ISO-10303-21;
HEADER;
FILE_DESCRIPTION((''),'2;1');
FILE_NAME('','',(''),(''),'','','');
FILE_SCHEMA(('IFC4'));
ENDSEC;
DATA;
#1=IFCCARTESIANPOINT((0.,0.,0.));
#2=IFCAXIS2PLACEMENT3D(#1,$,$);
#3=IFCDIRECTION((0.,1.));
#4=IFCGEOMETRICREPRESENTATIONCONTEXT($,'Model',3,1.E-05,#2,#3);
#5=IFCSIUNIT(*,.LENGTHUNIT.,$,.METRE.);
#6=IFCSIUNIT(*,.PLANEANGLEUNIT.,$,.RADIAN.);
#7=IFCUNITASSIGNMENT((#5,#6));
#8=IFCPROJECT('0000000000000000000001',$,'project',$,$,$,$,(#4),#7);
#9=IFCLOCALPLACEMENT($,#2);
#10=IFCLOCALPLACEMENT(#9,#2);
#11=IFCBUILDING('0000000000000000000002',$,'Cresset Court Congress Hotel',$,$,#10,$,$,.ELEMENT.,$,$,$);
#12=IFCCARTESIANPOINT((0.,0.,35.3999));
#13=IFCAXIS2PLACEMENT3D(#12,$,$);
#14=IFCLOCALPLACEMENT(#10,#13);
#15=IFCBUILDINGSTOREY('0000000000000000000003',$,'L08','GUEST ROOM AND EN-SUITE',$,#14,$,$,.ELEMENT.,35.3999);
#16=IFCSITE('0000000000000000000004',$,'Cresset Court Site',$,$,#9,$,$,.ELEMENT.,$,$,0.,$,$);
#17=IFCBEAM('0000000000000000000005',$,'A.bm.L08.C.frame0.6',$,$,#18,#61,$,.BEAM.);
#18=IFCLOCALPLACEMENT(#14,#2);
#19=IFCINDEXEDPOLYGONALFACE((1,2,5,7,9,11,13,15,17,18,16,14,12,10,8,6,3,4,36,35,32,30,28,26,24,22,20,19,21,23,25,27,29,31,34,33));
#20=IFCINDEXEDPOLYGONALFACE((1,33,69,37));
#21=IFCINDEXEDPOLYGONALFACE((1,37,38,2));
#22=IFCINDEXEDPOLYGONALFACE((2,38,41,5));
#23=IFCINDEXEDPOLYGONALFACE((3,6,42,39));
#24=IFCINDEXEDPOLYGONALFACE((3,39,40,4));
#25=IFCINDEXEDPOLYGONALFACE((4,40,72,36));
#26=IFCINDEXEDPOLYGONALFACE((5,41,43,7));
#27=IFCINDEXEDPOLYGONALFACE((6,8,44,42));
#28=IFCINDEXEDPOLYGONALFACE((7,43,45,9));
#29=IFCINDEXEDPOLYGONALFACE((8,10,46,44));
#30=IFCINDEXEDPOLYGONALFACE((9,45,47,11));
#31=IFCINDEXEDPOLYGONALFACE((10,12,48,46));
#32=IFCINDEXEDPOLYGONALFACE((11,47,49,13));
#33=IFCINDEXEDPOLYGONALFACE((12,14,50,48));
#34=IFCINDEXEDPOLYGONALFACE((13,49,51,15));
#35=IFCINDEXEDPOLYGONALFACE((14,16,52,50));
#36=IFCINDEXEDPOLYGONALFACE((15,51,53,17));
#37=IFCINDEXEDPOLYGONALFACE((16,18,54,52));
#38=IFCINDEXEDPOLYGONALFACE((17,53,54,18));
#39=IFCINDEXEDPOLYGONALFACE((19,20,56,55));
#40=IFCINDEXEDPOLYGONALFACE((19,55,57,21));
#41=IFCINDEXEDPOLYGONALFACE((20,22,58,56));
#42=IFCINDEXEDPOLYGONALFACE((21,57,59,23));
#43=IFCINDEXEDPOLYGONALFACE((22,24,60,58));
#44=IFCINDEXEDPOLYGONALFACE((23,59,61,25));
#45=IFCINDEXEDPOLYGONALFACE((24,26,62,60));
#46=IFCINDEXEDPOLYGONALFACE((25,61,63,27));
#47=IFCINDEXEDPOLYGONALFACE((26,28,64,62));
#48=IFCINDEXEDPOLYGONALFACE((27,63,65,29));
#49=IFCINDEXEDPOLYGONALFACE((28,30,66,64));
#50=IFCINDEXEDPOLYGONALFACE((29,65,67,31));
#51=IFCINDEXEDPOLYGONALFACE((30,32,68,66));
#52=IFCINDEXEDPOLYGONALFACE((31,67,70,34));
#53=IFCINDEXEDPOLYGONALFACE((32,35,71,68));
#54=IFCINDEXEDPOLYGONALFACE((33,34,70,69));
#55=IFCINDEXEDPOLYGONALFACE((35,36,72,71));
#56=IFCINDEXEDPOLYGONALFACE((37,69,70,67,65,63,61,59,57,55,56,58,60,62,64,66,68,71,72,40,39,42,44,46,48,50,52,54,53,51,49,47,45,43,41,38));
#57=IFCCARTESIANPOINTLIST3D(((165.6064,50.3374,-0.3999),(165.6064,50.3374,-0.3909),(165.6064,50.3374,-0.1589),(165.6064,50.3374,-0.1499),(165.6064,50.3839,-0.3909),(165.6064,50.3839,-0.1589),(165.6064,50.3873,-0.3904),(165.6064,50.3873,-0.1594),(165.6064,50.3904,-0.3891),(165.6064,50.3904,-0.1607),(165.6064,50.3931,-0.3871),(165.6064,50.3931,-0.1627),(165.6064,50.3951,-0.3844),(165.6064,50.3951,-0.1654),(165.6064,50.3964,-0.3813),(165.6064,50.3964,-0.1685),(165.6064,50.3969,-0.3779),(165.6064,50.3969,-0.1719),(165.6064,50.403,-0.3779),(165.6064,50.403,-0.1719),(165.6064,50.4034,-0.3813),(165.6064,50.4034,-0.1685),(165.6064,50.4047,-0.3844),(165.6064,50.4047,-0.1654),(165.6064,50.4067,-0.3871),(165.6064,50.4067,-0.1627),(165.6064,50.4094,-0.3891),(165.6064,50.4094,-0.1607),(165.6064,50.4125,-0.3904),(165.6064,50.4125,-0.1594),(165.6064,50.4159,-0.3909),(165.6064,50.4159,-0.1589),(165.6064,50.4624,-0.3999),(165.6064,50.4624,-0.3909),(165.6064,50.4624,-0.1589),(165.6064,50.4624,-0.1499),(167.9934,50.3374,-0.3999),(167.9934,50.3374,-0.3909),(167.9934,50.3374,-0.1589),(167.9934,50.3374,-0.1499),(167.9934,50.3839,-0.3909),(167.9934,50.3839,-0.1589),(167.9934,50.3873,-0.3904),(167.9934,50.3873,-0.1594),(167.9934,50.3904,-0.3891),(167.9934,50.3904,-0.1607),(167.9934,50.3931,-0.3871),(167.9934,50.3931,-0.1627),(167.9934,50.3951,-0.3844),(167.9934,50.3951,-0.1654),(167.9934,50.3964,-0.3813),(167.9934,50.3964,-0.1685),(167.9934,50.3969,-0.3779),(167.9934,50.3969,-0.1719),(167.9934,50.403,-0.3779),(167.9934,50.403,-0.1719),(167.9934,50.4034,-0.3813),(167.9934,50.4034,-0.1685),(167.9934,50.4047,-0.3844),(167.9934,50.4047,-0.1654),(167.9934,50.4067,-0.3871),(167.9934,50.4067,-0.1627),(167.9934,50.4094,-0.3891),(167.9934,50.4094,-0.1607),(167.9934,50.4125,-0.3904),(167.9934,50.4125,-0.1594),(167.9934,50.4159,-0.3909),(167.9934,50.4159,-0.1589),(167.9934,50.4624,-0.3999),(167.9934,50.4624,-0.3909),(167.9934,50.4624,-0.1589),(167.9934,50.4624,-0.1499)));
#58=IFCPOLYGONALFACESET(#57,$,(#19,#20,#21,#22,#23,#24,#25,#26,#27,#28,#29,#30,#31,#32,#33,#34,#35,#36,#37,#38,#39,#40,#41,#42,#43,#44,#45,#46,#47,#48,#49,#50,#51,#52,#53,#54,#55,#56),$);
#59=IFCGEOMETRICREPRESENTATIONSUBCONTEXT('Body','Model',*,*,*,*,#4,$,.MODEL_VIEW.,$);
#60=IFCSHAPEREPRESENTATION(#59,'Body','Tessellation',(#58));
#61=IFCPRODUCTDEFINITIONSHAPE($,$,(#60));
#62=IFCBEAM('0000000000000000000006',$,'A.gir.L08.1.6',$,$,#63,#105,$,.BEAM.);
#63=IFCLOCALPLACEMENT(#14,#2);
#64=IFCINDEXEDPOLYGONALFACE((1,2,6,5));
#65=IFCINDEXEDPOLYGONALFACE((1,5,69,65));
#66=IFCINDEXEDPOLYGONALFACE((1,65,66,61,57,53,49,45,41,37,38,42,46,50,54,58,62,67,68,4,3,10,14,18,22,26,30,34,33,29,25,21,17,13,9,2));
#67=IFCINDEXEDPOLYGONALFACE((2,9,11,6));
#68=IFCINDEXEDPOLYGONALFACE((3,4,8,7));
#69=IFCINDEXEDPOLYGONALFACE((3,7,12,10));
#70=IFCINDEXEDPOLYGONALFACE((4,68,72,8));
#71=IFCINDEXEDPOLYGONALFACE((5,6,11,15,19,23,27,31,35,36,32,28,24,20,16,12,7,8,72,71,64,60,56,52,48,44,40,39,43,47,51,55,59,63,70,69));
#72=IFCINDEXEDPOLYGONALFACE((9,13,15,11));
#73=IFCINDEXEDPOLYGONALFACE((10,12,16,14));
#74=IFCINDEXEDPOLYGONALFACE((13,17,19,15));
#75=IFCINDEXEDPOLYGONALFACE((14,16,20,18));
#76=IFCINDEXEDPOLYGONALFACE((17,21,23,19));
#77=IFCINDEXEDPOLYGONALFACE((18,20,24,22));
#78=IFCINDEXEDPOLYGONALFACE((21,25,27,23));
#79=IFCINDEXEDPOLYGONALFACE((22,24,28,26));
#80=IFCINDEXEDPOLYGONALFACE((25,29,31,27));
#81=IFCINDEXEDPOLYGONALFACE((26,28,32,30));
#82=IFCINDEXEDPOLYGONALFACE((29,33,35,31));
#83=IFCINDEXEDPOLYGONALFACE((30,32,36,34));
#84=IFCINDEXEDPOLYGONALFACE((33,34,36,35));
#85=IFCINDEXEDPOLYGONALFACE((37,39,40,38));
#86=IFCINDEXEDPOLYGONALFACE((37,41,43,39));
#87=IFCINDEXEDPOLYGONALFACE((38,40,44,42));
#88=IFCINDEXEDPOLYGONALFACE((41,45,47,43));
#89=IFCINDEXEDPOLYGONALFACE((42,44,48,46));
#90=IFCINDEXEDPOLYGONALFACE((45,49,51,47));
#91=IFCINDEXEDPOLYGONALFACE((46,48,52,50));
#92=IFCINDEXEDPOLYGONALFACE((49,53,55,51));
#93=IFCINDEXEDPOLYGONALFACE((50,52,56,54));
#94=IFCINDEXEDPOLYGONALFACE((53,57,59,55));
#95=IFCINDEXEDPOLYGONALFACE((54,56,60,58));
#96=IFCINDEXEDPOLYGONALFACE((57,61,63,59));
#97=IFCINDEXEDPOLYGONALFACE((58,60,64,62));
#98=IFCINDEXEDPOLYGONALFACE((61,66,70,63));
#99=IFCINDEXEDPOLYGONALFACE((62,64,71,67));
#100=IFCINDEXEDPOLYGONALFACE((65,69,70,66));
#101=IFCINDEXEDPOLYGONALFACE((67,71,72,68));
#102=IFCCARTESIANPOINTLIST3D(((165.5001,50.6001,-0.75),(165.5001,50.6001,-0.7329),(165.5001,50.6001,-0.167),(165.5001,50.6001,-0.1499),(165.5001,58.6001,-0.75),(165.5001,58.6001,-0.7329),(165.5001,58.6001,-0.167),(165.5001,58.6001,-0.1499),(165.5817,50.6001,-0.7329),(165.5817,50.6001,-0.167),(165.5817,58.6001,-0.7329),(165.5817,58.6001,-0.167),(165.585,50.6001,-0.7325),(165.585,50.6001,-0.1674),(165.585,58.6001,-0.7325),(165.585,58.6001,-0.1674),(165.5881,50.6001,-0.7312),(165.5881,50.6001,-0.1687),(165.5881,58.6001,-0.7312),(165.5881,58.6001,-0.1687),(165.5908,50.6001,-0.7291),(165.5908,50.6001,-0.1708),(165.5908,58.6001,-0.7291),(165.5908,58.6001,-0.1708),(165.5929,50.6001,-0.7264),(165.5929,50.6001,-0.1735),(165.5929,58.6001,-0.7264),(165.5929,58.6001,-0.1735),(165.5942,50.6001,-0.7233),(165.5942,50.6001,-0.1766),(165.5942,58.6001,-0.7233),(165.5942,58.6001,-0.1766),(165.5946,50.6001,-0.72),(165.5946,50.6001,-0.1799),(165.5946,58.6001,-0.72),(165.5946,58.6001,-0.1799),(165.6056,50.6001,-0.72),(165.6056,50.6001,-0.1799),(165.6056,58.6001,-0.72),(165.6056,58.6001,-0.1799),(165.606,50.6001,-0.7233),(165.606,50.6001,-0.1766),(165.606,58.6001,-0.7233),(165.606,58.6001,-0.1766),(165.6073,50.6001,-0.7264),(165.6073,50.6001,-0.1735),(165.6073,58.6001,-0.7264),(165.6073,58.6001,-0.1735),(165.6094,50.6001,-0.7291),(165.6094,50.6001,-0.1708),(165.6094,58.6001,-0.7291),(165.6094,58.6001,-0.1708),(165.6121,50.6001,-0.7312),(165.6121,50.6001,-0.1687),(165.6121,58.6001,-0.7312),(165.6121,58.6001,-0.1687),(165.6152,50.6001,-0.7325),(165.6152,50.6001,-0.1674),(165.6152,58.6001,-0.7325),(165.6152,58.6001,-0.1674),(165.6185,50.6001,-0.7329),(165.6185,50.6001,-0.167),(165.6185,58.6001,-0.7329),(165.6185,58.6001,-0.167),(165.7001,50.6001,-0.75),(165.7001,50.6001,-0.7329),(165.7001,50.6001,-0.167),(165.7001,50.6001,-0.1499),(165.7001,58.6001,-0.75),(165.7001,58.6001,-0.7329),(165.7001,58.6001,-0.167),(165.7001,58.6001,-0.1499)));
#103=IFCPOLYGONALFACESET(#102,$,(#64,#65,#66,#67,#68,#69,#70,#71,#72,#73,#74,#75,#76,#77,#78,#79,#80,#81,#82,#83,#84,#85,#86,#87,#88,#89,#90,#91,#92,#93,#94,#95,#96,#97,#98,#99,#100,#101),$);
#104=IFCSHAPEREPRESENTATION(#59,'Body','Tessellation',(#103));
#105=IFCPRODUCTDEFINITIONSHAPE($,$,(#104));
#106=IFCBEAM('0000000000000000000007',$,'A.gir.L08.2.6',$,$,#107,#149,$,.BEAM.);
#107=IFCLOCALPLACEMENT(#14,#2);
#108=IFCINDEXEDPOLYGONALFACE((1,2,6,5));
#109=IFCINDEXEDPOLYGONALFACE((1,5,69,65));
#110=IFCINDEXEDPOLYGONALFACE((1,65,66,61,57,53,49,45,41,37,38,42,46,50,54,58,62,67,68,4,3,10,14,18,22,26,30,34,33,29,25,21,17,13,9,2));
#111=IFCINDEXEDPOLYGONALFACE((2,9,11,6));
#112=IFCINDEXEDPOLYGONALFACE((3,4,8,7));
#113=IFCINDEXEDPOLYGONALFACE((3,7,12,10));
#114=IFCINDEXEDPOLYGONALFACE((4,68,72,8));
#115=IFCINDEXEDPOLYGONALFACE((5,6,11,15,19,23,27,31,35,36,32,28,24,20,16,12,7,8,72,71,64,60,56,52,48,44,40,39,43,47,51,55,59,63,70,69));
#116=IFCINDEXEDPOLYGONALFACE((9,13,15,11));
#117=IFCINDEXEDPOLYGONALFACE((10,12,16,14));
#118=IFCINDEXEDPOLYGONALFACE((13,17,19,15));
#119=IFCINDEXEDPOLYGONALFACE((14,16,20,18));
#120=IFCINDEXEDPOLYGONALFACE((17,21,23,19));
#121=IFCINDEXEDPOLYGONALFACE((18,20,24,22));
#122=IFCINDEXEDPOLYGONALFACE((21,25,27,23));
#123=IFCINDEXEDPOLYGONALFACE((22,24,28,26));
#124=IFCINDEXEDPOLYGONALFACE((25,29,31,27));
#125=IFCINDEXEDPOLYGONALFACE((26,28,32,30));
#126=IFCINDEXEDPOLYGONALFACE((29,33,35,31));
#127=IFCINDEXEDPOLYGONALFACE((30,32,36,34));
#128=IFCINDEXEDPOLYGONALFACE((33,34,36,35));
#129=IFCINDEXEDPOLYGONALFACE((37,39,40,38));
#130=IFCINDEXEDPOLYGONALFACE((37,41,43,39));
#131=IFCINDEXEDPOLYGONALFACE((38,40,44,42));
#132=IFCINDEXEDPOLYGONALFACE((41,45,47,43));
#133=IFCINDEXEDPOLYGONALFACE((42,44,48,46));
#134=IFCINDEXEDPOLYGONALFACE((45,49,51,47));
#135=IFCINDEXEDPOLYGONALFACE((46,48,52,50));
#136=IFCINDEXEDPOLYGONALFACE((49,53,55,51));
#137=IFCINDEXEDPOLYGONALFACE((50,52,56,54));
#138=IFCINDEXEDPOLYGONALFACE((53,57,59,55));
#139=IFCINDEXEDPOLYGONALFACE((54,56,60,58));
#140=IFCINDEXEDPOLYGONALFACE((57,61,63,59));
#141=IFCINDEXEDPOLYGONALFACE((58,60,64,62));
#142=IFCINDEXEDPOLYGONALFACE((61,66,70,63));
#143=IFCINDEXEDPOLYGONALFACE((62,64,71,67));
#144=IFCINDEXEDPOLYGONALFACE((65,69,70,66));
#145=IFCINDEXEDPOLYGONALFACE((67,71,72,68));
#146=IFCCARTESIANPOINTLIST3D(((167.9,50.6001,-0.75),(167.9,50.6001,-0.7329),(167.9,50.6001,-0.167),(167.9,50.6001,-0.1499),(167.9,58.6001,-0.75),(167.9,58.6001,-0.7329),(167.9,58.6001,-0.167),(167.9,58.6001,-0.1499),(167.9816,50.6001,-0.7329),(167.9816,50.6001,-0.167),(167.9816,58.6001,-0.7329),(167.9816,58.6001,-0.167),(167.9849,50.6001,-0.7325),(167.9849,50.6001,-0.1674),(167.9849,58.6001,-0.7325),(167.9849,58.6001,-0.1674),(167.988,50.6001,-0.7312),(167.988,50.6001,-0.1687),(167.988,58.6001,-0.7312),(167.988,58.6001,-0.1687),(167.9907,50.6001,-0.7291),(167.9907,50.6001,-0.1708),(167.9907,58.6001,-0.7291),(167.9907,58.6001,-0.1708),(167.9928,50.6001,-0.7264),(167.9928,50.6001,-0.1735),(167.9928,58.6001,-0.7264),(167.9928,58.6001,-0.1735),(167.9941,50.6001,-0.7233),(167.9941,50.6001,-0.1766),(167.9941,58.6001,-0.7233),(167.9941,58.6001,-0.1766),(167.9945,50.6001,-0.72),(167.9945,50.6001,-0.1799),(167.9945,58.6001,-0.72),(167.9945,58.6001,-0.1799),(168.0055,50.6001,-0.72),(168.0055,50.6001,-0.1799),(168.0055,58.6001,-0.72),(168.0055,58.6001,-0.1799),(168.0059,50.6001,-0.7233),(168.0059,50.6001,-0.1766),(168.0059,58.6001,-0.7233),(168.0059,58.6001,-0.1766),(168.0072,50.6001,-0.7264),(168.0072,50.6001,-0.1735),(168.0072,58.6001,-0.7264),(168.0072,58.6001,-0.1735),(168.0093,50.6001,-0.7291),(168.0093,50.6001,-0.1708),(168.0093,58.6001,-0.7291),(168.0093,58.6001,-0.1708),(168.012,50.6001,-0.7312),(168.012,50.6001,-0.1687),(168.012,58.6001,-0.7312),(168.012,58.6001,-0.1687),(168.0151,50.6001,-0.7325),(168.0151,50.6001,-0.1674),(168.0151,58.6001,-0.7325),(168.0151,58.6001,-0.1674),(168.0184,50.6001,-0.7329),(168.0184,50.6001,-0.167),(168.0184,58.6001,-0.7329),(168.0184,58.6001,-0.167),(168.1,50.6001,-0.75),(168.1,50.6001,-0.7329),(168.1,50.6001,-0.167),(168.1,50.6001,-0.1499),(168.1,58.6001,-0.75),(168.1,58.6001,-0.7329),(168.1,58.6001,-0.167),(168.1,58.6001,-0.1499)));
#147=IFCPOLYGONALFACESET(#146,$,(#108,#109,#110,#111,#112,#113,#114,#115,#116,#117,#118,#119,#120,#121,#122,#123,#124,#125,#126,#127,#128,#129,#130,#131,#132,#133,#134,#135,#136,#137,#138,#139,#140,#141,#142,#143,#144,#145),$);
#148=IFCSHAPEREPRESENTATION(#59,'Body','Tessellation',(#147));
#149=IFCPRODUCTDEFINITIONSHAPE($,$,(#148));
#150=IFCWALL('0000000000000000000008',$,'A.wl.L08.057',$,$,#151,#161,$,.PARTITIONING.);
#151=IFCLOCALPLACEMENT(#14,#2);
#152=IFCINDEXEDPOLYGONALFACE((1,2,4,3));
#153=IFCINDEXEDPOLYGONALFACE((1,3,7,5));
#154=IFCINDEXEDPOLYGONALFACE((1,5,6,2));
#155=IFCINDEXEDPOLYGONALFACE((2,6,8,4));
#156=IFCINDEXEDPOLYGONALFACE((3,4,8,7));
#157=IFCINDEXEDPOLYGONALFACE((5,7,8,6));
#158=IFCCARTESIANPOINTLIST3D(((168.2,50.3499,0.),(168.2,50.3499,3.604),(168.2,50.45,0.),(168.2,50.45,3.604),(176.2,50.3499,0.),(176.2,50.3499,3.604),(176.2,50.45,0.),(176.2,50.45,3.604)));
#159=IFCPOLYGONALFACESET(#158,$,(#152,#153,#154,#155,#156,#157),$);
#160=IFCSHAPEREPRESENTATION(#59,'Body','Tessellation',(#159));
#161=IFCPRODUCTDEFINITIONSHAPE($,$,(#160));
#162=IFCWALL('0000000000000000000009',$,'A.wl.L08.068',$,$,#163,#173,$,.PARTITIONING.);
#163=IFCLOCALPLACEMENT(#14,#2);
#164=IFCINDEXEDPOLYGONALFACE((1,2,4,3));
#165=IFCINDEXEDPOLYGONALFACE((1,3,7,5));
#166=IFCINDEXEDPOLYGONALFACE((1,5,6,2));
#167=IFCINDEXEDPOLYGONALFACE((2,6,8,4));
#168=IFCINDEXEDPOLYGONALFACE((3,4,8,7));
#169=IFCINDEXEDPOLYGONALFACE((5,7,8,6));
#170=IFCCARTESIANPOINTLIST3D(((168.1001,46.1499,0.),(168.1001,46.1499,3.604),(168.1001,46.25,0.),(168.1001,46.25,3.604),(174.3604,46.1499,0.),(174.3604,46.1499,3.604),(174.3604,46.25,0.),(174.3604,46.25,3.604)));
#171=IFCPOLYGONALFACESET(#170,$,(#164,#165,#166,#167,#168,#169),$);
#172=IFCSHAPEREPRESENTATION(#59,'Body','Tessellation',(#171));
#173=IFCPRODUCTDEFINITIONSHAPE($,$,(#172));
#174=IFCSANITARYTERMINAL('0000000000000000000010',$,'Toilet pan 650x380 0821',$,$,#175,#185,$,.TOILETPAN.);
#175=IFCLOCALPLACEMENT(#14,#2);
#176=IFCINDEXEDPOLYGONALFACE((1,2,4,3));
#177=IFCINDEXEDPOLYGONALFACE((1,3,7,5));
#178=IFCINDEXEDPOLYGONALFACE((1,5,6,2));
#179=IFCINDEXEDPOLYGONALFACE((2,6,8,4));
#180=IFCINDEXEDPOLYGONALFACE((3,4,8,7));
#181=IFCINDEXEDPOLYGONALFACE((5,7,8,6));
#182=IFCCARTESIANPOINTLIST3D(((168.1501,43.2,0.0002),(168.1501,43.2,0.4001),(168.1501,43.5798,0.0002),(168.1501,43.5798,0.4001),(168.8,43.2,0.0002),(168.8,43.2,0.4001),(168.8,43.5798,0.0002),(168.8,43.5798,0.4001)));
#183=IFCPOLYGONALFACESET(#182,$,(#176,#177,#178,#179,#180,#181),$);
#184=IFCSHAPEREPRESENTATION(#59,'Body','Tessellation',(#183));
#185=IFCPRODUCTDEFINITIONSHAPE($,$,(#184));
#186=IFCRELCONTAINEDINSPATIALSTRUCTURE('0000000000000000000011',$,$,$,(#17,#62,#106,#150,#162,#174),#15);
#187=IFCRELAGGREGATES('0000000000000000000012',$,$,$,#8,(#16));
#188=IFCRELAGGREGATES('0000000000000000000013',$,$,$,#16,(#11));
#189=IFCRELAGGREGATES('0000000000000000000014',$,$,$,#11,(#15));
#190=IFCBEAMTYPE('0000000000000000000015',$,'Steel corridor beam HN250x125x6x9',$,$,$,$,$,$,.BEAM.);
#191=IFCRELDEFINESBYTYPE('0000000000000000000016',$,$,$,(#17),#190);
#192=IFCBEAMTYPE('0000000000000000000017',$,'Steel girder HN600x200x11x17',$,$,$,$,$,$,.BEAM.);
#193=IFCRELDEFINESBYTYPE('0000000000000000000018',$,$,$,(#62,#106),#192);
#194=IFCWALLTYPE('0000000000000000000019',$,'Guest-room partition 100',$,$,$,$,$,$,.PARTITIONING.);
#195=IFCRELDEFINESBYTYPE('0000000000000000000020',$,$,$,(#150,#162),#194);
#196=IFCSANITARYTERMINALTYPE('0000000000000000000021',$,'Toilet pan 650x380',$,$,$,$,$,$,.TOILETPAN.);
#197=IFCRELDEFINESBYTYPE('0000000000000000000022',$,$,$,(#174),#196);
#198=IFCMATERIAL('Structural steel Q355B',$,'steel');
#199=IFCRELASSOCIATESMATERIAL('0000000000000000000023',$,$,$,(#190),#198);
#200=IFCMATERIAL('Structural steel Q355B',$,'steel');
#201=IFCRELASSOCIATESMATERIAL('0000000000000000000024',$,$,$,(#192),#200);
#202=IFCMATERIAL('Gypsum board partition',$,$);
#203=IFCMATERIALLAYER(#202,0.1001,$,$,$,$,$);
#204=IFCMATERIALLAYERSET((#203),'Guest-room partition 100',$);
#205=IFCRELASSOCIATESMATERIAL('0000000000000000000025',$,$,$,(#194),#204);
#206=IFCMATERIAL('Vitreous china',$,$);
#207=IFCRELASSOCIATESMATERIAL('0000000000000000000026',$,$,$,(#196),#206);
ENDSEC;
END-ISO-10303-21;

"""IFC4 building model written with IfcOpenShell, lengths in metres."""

from ifc_helpers import new_model, si_unit, direction, frame, frame_2d, origin, origin_2d, place, context, subcontext, project, spatial, rectangle, i_section, extrude, material, layer, layer_set, material_profile, profile_set, type_object, element, save


model = new_model("IFC4")

# Units and contexts
model_context = context("Model", 3, precision=1e-05, world=origin(), true_north=direction((0.0, 1.0)))
body_context = subcontext(model_context, "Body", "Model", "MODEL_VIEW")
ifc_project = project(units=[si_unit("LENGTHUNIT", "METRE"), si_unit("PLANEANGLEUNIT", "RADIAN")], contexts=[model_context])

# Site, building, storey
site_placement = place(None, origin())
site = spatial("IfcSite", under=ifc_project, at=site_placement, Name="Cresset Court Site", CompositionType="ELEMENT", RefElevation=0.0)
building_placement = place(site_placement, origin())
building = spatial("IfcBuilding", under=site, at=building_placement, Name="Cresset Court Congress Hotel", CompositionType="ELEMENT")
storey_placement = place(building_placement, frame((0.0, 0.0, 35.3999)))
storey = spatial("IfcBuildingStorey", under=building, at=storey_placement, Name="L08", Description="GUEST ROOM AND EN-SUITE", CompositionType="ELEMENT", Elevation=35.3999)

# Beams
ifc_material_1 = material(Name="Structural steel Q355B", Category="steel")
ifc_material_profile_1 = material_profile(ifc_material_1, i_section(OverallWidth=0.125, OverallDepth=0.25, WebThickness=0.0061, FlangeThickness=0.009, FilletRadius=0.0129, at=origin_2d()), Name="HN250x125x6x9")
ifc_profile_set_1 = profile_set([ifc_material_profile_1], Name="Structural steel Q355B")
beam_type_1 = type_object("IfcBeamType", Name="Steel corridor beam HN250x125x6x9", PredefinedType="BEAM", material=ifc_profile_set_1)
beam_1_placement = place(storey_placement, frame((165.6064, 50.3999, -0.2749), z_axis=(1.0, 0.0, 0.0), x_axis=(0.0, 1.0, 0.0)))
element("IfcBeam", 1, at=beam_1_placement, inside=storey, type_object=beam_type_1, Name="A.bm.L08.C.frame0.6", PredefinedType="BEAM", context=body_context, shape_type="SweptSolid", body=[
    extrude(i_section(OverallWidth=0.125, OverallDepth=0.25, WebThickness=0.0061, FlangeThickness=0.009, FilletRadius=0.0129, at=origin_2d()), origin(), (0.0, 0.0, 1.0), 2.387),
])
ifc_material_2 = material(Name="Structural steel Q355B", Category="steel")
ifc_material_profile_2 = material_profile(ifc_material_2, i_section(OverallWidth=0.2, OverallDepth=0.6001, WebThickness=0.011, FlangeThickness=0.0171, FilletRadius=0.0129, at=origin_2d()), Name="HN600x200x11x17")
ifc_profile_set_2 = profile_set([ifc_material_profile_2], Name="Structural steel Q355B")
beam_type_2 = type_object("IfcBeamType", Name="Steel girder HN600x200x11x17", PredefinedType="BEAM", material=ifc_profile_set_2)
for number, where, z_axis, x_axis, name in (
    (2, (165.6001, 50.6001, -0.45), (0.0, 1.0, 0.0), (-1.0, 0.0, 0.0), "A.gir.L08.1.6"),
    (3, (168.0, 50.6001, -0.45), (0.0, 1.0, 0.0), (-1.0, 0.0, 0.0), "A.gir.L08.2.6"),
):
    element("IfcBeam", number, at=place(storey_placement, frame(where, z_axis=z_axis, x_axis=x_axis)), inside=storey, type_object=beam_type_2, Name=name, PredefinedType="BEAM", context=body_context, shape_type="SweptSolid", body=[
        extrude(i_section(OverallWidth=0.2, OverallDepth=0.6001, WebThickness=0.011, FlangeThickness=0.0171, FilletRadius=0.0129, at=origin_2d()), origin(), (0.0, 0.0, 1.0), 8.0),
    ])

# Walls
ifc_material_3 = material(Name="Gypsum board partition")
ifc_layer_1 = layer(ifc_material_3, 0.1001)
ifc_layer_set_1 = layer_set([ifc_layer_1], Name="Guest-room partition 100")
wall_type_1 = type_object("IfcWallType", Name="Guest-room partition 100", PredefinedType="PARTITIONING", material=ifc_layer_set_1)
wall_1_placement = place(storey_placement, frame((168.2, 50.3999, 0.0), z_axis=(0.0, 0.0, 1.0), x_axis=(1.0, 0.0, 0.0)))
element("IfcWall", 4, at=wall_1_placement, inside=storey, type_object=wall_type_1, Name="A.wl.L08.057", PredefinedType="PARTITIONING", context=body_context, shape_type="SweptSolid", body=[
    extrude(rectangle(XDim=8.0, YDim=0.1001, at=frame_2d((4.0, 0.0))), origin(), (0.0, 0.0, 1.0), 3.604),
])
wall_2_placement = place(storey_placement, frame((168.1001, 46.2, 0.0), z_axis=(0.0, 0.0, 1.0), x_axis=(1.0, 0.0, 0.0)))
element("IfcWall", 5, at=wall_2_placement, inside=storey, type_object=wall_type_1, Name="A.wl.L08.068", PredefinedType="PARTITIONING", context=body_context, shape_type="SweptSolid", body=[
    extrude(rectangle(XDim=6.2603, YDim=0.1001, at=frame_2d((3.1301, 0.0))), origin(), (0.0, 0.0, 1.0), 3.604),
])

# Sanitary terminal
ifc_material_4 = material(Name="Vitreous china")
sanitary_terminal_type_1 = type_object("IfcSanitaryTerminalType", Name="Toilet pan 650x380", PredefinedType="TOILETPAN", material=ifc_material_4)
sanitary_terminal_placement = place(storey_placement, frame((168.4751, 43.3899, 0.0002), z_axis=(0.0, 0.0, 1.0), x_axis=(1.0, 0.0, 0.0)))
element("IfcSanitaryTerminal", 6, at=sanitary_terminal_placement, inside=storey, type_object=sanitary_terminal_type_1, Name="Toilet pan 650x380 0821", PredefinedType="TOILETPAN", context=body_context, shape_type="SweptSolid", body=[
    extrude(rectangle(XDim=0.6499, YDim=0.3799, at=origin_2d()), origin(), (0.0, 0.0, 1.0), 0.3999),
])

save(model, "model.ifc")
